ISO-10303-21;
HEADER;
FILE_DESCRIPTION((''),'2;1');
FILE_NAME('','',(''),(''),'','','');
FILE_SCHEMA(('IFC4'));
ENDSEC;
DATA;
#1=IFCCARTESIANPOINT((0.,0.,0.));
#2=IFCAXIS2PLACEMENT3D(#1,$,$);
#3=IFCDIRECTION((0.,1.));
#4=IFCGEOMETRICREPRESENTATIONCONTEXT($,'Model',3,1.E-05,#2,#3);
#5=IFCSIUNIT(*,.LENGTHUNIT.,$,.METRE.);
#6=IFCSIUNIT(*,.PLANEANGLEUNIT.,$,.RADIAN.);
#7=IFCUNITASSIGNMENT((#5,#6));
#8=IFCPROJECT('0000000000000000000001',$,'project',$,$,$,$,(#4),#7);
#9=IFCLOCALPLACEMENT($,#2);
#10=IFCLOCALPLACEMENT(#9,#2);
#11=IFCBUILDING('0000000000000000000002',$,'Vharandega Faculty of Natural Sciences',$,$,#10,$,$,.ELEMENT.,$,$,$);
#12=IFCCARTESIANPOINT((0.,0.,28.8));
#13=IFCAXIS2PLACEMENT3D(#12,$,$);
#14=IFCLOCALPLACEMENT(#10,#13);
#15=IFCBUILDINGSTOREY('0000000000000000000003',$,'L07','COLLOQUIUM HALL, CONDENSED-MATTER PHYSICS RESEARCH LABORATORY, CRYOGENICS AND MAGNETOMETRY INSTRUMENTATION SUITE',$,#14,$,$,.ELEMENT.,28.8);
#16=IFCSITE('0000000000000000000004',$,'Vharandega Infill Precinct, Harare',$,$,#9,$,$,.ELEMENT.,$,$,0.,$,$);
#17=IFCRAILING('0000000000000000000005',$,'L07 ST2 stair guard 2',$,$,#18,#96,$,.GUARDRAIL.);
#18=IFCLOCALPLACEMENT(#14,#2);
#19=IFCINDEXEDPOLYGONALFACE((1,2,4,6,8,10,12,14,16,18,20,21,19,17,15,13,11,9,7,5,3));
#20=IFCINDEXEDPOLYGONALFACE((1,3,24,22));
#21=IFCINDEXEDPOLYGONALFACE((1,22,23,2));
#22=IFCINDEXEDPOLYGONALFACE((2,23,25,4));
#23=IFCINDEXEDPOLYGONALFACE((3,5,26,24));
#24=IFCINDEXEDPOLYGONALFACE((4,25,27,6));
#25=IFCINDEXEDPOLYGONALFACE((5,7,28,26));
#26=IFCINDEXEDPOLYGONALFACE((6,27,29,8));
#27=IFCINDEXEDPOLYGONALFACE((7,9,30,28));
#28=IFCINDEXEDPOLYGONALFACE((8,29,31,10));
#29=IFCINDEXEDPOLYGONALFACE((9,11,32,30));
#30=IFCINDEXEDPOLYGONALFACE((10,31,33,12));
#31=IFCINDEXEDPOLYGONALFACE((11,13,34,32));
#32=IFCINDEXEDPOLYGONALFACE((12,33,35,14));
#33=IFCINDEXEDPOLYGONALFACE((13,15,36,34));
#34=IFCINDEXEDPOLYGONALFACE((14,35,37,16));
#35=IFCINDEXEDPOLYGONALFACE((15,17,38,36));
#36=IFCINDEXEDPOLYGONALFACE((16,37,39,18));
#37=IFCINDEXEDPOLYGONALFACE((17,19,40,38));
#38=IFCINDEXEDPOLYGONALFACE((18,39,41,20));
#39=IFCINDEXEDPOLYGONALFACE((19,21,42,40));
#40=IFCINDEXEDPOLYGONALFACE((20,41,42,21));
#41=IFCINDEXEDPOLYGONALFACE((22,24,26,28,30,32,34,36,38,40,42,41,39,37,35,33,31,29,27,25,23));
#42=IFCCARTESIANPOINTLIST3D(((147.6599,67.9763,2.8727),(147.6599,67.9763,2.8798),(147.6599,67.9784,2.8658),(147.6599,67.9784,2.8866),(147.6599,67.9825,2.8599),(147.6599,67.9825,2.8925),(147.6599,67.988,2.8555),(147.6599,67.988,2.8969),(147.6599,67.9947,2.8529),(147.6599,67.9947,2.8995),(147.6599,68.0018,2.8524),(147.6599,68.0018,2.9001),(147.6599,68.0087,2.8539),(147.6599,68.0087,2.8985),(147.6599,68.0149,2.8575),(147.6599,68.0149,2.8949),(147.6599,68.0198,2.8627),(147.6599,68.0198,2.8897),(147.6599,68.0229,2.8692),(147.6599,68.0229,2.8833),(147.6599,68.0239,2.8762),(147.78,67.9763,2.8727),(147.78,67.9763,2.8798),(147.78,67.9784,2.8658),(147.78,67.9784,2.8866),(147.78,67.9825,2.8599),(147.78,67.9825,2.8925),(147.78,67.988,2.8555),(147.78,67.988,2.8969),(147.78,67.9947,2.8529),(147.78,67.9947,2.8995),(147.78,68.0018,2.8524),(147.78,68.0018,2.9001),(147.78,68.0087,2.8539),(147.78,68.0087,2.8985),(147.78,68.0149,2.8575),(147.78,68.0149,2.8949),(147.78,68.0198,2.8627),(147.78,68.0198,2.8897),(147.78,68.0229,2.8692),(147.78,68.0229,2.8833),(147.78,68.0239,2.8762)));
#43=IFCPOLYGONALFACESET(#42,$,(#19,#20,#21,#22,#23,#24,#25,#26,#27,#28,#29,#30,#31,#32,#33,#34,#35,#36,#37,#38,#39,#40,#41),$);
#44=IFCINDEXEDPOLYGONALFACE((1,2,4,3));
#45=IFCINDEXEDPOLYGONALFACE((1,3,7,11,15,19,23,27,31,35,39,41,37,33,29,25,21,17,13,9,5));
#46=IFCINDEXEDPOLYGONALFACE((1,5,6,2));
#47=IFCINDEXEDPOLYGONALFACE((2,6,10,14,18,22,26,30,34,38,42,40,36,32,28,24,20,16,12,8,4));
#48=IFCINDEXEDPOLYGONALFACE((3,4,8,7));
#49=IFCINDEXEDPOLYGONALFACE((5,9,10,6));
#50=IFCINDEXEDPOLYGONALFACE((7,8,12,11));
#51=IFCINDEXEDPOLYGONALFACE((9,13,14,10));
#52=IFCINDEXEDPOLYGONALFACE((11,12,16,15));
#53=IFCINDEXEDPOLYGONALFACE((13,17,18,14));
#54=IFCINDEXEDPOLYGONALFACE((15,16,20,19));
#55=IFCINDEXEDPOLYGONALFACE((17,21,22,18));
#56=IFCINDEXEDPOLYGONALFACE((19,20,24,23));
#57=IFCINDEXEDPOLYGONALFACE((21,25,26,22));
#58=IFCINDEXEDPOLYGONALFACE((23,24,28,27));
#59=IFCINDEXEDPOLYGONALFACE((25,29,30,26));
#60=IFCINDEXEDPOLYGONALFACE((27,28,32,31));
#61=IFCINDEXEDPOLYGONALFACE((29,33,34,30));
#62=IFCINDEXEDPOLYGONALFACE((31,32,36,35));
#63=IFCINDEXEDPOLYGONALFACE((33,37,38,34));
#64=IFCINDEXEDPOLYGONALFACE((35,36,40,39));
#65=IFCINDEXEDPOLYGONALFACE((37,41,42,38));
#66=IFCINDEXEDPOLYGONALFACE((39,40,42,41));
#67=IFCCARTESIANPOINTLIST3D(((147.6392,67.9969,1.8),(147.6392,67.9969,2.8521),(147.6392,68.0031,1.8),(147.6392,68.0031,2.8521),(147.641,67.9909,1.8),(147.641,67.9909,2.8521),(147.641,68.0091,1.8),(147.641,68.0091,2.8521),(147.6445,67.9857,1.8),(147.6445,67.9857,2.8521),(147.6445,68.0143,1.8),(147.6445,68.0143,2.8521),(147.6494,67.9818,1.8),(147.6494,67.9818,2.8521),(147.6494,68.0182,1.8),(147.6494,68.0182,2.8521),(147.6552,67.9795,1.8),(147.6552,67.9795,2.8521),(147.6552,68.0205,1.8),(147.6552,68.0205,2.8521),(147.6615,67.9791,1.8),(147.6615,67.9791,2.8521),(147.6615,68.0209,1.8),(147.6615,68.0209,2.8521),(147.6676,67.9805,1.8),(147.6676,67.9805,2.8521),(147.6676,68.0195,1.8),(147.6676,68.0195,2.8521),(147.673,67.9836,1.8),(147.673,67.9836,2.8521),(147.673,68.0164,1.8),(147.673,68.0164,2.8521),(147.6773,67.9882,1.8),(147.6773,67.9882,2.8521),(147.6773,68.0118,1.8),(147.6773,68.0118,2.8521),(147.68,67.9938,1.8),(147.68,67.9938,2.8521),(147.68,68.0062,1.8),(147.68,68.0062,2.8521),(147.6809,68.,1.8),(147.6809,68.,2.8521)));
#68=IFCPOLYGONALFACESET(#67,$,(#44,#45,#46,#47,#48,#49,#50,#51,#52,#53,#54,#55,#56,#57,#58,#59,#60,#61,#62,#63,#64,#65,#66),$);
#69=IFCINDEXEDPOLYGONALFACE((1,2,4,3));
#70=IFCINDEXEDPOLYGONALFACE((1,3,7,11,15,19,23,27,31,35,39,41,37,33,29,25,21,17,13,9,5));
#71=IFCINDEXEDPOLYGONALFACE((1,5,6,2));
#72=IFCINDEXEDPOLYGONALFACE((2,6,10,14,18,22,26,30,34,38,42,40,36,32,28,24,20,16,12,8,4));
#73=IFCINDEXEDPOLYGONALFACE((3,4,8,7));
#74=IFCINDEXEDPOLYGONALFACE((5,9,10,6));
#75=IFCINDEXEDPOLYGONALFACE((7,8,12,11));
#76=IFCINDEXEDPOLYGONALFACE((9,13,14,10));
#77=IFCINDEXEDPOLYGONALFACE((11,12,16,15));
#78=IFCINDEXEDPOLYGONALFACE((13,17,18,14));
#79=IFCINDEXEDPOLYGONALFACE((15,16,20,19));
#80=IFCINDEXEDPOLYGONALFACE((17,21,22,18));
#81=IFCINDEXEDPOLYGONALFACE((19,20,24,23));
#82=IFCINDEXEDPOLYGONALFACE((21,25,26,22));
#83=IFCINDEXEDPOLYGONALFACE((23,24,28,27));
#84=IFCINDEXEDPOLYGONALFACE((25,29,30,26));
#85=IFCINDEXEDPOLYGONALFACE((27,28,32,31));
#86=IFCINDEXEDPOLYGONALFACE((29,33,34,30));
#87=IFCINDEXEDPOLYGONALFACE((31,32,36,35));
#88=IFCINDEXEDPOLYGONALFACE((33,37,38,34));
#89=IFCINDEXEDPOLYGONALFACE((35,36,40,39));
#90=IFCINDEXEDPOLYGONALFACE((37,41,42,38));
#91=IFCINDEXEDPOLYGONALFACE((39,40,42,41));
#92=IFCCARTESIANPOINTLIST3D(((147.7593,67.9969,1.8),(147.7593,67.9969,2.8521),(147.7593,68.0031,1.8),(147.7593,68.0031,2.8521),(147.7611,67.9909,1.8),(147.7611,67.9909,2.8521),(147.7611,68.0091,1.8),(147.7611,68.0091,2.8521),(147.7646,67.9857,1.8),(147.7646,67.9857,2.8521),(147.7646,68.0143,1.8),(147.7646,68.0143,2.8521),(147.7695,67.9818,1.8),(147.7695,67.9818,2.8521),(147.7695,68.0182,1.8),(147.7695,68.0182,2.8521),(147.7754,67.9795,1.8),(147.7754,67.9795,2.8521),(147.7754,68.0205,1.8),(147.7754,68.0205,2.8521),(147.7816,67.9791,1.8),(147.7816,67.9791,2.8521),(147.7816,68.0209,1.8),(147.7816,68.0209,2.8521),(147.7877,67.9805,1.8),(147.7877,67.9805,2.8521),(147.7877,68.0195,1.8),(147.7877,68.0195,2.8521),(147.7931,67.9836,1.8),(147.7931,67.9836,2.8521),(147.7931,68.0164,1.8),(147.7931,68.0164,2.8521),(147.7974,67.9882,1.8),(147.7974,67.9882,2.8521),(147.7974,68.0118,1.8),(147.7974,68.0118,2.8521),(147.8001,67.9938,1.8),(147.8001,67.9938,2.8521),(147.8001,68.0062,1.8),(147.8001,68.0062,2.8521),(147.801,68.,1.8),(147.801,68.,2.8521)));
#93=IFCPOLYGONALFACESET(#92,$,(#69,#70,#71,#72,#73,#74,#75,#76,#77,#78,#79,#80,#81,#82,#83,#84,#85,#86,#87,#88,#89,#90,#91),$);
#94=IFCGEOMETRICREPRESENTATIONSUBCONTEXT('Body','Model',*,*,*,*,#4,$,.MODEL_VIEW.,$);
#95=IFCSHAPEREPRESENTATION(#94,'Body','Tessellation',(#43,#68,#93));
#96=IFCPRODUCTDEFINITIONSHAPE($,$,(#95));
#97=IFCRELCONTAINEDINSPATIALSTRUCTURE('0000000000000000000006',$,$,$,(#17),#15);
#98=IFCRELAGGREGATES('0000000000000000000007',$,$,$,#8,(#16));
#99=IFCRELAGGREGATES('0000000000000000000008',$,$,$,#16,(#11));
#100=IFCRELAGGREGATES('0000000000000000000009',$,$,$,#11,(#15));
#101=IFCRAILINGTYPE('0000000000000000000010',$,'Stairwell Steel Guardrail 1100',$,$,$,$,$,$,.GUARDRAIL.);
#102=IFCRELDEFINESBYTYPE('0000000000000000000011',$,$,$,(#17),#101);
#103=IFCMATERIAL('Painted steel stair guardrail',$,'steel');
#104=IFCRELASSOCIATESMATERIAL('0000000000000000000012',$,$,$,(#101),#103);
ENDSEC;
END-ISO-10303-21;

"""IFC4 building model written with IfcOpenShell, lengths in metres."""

from ifc_helpers import new_model, si_unit, direction, frame, origin, origin_2d, place, context, subcontext, project, spatial, circle, extrude, material, type_object, element, save


model = new_model("IFC4")

# Units and contexts
model_context = context("Model", 3, precision=1e-05, world=origin(), true_north=direction((0.0, 1.0)))
body_context = subcontext(model_context, "Body", "Model", "MODEL_VIEW")
ifc_project = project(units=[si_unit("LENGTHUNIT", "METRE"), si_unit("PLANEANGLEUNIT", "RADIAN")], contexts=[model_context])

# Site, building, storey
site_placement = place(None, origin())
site = spatial("IfcSite", under=ifc_project, at=site_placement, Name="Vharandega Infill Precinct, Harare", CompositionType="ELEMENT", RefElevation=0.0)
building_placement = place(site_placement, origin())
building = spatial("IfcBuilding", under=site, at=building_placement, Name="Vharandega Faculty of Natural Sciences", CompositionType="ELEMENT")
storey_placement = place(building_placement, frame((0.0, 0.0, 28.8)))
storey = spatial("IfcBuildingStorey", under=building, at=storey_placement, Name="L07", Description="COLLOQUIUM HALL, CONDENSED-MATTER PHYSICS RESEARCH LABORATORY, CRYOGENICS AND MAGNETOMETRY INSTRUMENTATION SUITE", CompositionType="ELEMENT", Elevation=28.8)

# Railing
ifc_material_1 = material(Name="Painted steel stair guardrail", Category="steel")
railing_type_1 = type_object("IfcRailingType", Name="Stairwell Steel Guardrail 1100", PredefinedType="GUARDRAIL", material=ifc_material_1)
railing_1_placement = place(storey_placement, frame((147.6599, 68.0, 1.8)))
element("IfcRailing", 1, at=railing_1_placement, inside=storey, type_object=railing_type_1, Name="L07 ST2 stair guard 2", PredefinedType="GUARDRAIL", context=body_context, shape_type="SweptSolid", body=[
    extrude(circle(Radius=0.0239, at=origin_2d()), frame((0.0, 0.0, 1.0762), z_axis=(1.0, 0.0, 0.0), x_axis=(0.0, 1.0, 0.0)), (0.0, 0.0, 1.0), 0.1201),
    extrude(circle(Radius=0.021, at=origin_2d()), origin(), (0.0, 0.0, 1.0), 1.052),
    extrude(circle(Radius=0.021, at=origin_2d()), frame((0.1201, 0.0, 0.0)), (0.0, 0.0, 1.0), 1.052),
])

save(model, "model.ifc")
